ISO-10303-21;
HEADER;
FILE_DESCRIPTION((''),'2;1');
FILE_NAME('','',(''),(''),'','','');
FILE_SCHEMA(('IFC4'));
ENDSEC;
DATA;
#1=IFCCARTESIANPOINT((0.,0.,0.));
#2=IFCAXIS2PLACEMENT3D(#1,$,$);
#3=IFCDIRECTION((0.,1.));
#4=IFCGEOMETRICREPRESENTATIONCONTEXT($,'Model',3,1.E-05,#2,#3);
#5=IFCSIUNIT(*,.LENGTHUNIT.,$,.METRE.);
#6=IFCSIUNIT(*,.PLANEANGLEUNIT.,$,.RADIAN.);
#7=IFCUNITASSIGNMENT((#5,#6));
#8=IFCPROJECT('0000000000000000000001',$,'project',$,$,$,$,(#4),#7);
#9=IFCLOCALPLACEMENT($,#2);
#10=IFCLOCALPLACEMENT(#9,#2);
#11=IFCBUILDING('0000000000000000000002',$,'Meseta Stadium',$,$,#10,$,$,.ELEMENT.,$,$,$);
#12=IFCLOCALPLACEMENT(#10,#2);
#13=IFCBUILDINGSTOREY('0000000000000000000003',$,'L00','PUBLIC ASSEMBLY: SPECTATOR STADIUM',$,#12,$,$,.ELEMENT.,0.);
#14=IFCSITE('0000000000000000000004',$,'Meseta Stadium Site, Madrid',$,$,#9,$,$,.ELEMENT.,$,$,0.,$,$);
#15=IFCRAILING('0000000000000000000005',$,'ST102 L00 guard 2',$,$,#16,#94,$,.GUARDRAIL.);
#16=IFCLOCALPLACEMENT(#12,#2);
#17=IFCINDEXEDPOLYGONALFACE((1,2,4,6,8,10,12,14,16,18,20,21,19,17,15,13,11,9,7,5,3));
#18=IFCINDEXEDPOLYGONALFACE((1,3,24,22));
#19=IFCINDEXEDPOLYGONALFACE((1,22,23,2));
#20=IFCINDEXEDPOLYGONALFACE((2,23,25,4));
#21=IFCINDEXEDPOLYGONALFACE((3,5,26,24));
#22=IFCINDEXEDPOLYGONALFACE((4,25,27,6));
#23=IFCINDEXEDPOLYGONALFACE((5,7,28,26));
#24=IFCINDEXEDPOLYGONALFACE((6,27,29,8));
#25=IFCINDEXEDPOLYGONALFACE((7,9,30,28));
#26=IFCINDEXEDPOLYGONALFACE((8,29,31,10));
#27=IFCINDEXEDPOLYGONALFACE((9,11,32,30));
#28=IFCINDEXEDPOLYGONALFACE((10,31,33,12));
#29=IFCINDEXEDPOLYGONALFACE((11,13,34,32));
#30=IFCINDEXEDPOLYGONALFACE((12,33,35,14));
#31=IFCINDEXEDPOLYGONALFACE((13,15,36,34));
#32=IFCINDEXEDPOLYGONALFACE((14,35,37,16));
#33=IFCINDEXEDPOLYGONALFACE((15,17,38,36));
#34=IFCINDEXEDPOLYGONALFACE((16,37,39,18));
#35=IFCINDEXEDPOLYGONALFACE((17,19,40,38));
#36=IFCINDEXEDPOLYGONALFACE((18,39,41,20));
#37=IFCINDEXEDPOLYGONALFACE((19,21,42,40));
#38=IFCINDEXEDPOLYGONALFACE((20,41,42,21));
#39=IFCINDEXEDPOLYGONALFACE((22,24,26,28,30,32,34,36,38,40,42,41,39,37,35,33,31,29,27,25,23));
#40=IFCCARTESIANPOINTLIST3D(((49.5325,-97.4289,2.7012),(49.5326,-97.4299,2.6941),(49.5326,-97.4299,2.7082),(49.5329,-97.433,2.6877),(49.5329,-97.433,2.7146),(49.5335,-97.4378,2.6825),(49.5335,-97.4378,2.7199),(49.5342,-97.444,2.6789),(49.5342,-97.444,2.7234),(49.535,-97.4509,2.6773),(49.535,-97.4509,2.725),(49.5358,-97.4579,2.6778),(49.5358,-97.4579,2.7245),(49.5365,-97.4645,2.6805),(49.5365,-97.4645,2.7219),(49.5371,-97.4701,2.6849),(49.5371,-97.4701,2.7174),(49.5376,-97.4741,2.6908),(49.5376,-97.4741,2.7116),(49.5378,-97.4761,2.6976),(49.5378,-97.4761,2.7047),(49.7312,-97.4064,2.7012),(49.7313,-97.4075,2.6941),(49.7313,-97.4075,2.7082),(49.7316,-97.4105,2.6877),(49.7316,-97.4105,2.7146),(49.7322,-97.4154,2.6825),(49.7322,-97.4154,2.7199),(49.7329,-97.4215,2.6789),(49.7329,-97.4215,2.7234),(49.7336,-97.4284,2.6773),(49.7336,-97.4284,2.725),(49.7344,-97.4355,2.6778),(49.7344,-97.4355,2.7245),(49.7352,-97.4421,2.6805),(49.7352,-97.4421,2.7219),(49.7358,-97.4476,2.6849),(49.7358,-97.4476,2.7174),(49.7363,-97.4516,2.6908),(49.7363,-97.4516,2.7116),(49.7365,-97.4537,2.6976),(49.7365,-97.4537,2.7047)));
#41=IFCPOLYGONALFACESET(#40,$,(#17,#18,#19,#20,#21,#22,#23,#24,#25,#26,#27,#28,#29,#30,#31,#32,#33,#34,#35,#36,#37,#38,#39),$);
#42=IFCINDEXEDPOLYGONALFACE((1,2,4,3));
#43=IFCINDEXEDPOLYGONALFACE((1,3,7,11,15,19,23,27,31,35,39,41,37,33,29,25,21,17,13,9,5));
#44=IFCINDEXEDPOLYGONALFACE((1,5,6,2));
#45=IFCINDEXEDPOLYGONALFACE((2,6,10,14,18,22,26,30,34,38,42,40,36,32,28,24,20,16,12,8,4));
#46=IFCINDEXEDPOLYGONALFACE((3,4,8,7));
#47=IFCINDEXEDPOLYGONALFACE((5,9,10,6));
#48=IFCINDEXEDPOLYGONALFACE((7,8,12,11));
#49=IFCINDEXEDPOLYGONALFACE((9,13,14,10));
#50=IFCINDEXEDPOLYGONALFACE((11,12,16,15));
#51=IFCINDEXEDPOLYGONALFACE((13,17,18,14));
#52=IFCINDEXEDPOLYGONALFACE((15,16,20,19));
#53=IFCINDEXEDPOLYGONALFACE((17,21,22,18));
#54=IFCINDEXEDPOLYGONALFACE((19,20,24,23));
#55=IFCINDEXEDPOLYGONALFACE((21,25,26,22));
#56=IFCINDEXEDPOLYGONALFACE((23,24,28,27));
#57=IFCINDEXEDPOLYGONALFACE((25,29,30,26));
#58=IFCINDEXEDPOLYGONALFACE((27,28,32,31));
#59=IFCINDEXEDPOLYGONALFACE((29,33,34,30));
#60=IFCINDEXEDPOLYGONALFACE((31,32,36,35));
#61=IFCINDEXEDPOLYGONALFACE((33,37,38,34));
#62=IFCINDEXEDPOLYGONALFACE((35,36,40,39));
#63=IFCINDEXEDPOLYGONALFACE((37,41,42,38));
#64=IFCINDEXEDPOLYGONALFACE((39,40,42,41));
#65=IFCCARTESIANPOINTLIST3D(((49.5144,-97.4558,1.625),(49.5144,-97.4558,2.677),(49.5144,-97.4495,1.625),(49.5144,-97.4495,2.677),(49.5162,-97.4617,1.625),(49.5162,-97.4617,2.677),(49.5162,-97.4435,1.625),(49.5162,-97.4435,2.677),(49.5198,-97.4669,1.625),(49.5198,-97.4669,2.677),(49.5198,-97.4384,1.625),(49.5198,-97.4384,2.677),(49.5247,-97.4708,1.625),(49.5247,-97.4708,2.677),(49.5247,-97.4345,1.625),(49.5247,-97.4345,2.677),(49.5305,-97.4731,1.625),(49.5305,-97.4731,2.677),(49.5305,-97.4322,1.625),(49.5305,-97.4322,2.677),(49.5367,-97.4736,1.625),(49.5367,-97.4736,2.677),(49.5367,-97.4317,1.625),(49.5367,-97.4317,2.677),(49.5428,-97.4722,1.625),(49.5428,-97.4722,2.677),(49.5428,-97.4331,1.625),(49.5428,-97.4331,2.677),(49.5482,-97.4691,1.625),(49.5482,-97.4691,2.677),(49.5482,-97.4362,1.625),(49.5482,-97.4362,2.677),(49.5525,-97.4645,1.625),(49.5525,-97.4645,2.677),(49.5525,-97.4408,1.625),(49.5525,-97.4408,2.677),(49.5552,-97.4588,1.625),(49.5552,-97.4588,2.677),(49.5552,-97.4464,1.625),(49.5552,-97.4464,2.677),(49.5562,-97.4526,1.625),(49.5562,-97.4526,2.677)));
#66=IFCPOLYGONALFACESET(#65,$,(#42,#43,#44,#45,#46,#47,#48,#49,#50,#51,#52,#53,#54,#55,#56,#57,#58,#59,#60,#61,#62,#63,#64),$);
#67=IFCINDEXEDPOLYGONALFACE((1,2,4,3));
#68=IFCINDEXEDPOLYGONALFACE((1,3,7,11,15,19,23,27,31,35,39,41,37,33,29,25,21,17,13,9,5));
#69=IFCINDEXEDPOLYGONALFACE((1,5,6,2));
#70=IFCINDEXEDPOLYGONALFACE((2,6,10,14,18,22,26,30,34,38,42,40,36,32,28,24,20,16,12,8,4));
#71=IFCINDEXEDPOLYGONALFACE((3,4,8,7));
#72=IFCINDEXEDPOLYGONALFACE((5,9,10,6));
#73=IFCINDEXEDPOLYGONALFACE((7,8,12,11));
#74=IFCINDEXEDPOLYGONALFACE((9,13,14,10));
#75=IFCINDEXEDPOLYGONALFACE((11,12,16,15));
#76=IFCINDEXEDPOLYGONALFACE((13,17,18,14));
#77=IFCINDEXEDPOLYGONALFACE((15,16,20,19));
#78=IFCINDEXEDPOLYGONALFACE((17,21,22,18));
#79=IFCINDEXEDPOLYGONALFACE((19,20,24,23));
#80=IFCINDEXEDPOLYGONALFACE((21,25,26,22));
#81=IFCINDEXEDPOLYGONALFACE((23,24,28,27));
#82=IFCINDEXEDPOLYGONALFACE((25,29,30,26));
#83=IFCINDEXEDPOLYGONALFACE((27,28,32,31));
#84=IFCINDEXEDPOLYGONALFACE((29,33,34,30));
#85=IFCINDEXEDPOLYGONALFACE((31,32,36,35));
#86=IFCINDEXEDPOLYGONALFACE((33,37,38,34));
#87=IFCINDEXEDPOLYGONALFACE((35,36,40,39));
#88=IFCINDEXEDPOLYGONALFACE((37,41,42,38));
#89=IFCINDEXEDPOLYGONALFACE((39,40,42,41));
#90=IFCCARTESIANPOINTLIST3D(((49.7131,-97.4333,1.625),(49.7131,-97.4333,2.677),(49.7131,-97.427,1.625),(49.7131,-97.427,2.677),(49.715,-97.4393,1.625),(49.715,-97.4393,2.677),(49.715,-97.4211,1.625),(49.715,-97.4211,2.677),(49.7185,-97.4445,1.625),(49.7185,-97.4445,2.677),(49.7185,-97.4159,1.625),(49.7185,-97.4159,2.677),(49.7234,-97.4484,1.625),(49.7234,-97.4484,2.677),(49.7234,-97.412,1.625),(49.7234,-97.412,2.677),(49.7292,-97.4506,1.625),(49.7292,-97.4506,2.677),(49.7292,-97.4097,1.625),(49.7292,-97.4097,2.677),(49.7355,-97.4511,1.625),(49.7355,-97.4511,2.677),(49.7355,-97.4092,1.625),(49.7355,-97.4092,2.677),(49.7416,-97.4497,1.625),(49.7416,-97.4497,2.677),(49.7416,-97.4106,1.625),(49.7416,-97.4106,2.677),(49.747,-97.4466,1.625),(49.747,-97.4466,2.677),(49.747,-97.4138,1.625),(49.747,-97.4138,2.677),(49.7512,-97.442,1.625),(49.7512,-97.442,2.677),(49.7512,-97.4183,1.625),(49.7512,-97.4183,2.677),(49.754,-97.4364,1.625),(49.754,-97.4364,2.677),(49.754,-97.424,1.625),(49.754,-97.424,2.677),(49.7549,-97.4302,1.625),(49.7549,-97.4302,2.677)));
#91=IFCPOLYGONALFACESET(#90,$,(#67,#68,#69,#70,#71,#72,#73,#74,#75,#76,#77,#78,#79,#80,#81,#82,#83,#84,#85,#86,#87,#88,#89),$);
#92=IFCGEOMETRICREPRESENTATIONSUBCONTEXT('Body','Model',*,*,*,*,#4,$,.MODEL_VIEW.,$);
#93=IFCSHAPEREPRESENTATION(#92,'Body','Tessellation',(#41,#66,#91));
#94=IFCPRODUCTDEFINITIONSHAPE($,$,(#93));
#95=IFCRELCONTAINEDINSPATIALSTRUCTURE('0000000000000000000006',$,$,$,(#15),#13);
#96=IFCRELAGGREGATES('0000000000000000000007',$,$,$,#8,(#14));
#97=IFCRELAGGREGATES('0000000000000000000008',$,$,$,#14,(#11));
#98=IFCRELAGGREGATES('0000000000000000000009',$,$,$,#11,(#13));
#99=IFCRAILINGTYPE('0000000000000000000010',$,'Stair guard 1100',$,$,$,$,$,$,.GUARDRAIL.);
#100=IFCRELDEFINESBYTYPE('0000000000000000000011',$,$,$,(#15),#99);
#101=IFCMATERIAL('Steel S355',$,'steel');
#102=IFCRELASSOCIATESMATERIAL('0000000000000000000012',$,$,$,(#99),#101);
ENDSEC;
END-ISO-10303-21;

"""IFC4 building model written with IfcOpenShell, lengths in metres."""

from ifc_helpers import new_model, si_unit, direction, frame, origin, origin_2d, place, context, subcontext, project, spatial, circle, extrude, material, type_object, element, save


model = new_model("IFC4")

# Units and contexts
model_context = context("Model", 3, precision=1e-05, world=origin(), true_north=direction((0.0, 1.0)))
body_context = subcontext(model_context, "Body", "Model", "MODEL_VIEW")
ifc_project = project(units=[si_unit("LENGTHUNIT", "METRE"), si_unit("PLANEANGLEUNIT", "RADIAN")], contexts=[model_context])

# Site, building, storey
site_placement = place(None, origin())
site = spatial("IfcSite", under=ifc_project, at=site_placement, Name="Meseta Stadium Site, Madrid", CompositionType="ELEMENT", RefElevation=0.0)
building_placement = place(site_placement, origin())
building = spatial("IfcBuilding", under=site, at=building_placement, Name="Meseta Stadium", CompositionType="ELEMENT")
storey_placement = place(building_placement, origin())
storey = spatial("IfcBuildingStorey", under=building, at=storey_placement, Name="L00", Description="PUBLIC ASSEMBLY: SPECTATOR STADIUM", CompositionType="ELEMENT", Elevation=0.0)

# Railing
ifc_material_1 = material(Name="Steel S355", Category="steel")
railing_type_1 = type_object("IfcRailingType", Name="Stair guard 1100", PredefinedType="GUARDRAIL", material=ifc_material_1)
railing_1_placement = place(storey_placement, frame((49.5352, -97.4526, 1.625)))
element("IfcRailing", 1, at=railing_1_placement, inside=storey, type_object=railing_type_1, Name="ST102 L00 guard 2", PredefinedType="GUARDRAIL", context=body_context, shape_type="SweptSolid", body=[
    extrude(circle(Radius=0.0239, at=origin_2d()), frame((0.0, 0.0, 1.0762), z_axis=(0.993674, 0.112307, 0.0), x_axis=(-0.112307, 0.993674, 0.0)), (0.0, 0.0, 1.0), 0.2),
    extrude(circle(Radius=0.021, at=origin_2d()), origin(), (0.0, 0.0, 1.0), 1.052),
    extrude(circle(Radius=0.021, at=origin_2d()), frame((0.1987, 0.0225, 0.0)), (0.0, 0.0, 1.0), 1.052),
])

save(model, "model.ifc")
